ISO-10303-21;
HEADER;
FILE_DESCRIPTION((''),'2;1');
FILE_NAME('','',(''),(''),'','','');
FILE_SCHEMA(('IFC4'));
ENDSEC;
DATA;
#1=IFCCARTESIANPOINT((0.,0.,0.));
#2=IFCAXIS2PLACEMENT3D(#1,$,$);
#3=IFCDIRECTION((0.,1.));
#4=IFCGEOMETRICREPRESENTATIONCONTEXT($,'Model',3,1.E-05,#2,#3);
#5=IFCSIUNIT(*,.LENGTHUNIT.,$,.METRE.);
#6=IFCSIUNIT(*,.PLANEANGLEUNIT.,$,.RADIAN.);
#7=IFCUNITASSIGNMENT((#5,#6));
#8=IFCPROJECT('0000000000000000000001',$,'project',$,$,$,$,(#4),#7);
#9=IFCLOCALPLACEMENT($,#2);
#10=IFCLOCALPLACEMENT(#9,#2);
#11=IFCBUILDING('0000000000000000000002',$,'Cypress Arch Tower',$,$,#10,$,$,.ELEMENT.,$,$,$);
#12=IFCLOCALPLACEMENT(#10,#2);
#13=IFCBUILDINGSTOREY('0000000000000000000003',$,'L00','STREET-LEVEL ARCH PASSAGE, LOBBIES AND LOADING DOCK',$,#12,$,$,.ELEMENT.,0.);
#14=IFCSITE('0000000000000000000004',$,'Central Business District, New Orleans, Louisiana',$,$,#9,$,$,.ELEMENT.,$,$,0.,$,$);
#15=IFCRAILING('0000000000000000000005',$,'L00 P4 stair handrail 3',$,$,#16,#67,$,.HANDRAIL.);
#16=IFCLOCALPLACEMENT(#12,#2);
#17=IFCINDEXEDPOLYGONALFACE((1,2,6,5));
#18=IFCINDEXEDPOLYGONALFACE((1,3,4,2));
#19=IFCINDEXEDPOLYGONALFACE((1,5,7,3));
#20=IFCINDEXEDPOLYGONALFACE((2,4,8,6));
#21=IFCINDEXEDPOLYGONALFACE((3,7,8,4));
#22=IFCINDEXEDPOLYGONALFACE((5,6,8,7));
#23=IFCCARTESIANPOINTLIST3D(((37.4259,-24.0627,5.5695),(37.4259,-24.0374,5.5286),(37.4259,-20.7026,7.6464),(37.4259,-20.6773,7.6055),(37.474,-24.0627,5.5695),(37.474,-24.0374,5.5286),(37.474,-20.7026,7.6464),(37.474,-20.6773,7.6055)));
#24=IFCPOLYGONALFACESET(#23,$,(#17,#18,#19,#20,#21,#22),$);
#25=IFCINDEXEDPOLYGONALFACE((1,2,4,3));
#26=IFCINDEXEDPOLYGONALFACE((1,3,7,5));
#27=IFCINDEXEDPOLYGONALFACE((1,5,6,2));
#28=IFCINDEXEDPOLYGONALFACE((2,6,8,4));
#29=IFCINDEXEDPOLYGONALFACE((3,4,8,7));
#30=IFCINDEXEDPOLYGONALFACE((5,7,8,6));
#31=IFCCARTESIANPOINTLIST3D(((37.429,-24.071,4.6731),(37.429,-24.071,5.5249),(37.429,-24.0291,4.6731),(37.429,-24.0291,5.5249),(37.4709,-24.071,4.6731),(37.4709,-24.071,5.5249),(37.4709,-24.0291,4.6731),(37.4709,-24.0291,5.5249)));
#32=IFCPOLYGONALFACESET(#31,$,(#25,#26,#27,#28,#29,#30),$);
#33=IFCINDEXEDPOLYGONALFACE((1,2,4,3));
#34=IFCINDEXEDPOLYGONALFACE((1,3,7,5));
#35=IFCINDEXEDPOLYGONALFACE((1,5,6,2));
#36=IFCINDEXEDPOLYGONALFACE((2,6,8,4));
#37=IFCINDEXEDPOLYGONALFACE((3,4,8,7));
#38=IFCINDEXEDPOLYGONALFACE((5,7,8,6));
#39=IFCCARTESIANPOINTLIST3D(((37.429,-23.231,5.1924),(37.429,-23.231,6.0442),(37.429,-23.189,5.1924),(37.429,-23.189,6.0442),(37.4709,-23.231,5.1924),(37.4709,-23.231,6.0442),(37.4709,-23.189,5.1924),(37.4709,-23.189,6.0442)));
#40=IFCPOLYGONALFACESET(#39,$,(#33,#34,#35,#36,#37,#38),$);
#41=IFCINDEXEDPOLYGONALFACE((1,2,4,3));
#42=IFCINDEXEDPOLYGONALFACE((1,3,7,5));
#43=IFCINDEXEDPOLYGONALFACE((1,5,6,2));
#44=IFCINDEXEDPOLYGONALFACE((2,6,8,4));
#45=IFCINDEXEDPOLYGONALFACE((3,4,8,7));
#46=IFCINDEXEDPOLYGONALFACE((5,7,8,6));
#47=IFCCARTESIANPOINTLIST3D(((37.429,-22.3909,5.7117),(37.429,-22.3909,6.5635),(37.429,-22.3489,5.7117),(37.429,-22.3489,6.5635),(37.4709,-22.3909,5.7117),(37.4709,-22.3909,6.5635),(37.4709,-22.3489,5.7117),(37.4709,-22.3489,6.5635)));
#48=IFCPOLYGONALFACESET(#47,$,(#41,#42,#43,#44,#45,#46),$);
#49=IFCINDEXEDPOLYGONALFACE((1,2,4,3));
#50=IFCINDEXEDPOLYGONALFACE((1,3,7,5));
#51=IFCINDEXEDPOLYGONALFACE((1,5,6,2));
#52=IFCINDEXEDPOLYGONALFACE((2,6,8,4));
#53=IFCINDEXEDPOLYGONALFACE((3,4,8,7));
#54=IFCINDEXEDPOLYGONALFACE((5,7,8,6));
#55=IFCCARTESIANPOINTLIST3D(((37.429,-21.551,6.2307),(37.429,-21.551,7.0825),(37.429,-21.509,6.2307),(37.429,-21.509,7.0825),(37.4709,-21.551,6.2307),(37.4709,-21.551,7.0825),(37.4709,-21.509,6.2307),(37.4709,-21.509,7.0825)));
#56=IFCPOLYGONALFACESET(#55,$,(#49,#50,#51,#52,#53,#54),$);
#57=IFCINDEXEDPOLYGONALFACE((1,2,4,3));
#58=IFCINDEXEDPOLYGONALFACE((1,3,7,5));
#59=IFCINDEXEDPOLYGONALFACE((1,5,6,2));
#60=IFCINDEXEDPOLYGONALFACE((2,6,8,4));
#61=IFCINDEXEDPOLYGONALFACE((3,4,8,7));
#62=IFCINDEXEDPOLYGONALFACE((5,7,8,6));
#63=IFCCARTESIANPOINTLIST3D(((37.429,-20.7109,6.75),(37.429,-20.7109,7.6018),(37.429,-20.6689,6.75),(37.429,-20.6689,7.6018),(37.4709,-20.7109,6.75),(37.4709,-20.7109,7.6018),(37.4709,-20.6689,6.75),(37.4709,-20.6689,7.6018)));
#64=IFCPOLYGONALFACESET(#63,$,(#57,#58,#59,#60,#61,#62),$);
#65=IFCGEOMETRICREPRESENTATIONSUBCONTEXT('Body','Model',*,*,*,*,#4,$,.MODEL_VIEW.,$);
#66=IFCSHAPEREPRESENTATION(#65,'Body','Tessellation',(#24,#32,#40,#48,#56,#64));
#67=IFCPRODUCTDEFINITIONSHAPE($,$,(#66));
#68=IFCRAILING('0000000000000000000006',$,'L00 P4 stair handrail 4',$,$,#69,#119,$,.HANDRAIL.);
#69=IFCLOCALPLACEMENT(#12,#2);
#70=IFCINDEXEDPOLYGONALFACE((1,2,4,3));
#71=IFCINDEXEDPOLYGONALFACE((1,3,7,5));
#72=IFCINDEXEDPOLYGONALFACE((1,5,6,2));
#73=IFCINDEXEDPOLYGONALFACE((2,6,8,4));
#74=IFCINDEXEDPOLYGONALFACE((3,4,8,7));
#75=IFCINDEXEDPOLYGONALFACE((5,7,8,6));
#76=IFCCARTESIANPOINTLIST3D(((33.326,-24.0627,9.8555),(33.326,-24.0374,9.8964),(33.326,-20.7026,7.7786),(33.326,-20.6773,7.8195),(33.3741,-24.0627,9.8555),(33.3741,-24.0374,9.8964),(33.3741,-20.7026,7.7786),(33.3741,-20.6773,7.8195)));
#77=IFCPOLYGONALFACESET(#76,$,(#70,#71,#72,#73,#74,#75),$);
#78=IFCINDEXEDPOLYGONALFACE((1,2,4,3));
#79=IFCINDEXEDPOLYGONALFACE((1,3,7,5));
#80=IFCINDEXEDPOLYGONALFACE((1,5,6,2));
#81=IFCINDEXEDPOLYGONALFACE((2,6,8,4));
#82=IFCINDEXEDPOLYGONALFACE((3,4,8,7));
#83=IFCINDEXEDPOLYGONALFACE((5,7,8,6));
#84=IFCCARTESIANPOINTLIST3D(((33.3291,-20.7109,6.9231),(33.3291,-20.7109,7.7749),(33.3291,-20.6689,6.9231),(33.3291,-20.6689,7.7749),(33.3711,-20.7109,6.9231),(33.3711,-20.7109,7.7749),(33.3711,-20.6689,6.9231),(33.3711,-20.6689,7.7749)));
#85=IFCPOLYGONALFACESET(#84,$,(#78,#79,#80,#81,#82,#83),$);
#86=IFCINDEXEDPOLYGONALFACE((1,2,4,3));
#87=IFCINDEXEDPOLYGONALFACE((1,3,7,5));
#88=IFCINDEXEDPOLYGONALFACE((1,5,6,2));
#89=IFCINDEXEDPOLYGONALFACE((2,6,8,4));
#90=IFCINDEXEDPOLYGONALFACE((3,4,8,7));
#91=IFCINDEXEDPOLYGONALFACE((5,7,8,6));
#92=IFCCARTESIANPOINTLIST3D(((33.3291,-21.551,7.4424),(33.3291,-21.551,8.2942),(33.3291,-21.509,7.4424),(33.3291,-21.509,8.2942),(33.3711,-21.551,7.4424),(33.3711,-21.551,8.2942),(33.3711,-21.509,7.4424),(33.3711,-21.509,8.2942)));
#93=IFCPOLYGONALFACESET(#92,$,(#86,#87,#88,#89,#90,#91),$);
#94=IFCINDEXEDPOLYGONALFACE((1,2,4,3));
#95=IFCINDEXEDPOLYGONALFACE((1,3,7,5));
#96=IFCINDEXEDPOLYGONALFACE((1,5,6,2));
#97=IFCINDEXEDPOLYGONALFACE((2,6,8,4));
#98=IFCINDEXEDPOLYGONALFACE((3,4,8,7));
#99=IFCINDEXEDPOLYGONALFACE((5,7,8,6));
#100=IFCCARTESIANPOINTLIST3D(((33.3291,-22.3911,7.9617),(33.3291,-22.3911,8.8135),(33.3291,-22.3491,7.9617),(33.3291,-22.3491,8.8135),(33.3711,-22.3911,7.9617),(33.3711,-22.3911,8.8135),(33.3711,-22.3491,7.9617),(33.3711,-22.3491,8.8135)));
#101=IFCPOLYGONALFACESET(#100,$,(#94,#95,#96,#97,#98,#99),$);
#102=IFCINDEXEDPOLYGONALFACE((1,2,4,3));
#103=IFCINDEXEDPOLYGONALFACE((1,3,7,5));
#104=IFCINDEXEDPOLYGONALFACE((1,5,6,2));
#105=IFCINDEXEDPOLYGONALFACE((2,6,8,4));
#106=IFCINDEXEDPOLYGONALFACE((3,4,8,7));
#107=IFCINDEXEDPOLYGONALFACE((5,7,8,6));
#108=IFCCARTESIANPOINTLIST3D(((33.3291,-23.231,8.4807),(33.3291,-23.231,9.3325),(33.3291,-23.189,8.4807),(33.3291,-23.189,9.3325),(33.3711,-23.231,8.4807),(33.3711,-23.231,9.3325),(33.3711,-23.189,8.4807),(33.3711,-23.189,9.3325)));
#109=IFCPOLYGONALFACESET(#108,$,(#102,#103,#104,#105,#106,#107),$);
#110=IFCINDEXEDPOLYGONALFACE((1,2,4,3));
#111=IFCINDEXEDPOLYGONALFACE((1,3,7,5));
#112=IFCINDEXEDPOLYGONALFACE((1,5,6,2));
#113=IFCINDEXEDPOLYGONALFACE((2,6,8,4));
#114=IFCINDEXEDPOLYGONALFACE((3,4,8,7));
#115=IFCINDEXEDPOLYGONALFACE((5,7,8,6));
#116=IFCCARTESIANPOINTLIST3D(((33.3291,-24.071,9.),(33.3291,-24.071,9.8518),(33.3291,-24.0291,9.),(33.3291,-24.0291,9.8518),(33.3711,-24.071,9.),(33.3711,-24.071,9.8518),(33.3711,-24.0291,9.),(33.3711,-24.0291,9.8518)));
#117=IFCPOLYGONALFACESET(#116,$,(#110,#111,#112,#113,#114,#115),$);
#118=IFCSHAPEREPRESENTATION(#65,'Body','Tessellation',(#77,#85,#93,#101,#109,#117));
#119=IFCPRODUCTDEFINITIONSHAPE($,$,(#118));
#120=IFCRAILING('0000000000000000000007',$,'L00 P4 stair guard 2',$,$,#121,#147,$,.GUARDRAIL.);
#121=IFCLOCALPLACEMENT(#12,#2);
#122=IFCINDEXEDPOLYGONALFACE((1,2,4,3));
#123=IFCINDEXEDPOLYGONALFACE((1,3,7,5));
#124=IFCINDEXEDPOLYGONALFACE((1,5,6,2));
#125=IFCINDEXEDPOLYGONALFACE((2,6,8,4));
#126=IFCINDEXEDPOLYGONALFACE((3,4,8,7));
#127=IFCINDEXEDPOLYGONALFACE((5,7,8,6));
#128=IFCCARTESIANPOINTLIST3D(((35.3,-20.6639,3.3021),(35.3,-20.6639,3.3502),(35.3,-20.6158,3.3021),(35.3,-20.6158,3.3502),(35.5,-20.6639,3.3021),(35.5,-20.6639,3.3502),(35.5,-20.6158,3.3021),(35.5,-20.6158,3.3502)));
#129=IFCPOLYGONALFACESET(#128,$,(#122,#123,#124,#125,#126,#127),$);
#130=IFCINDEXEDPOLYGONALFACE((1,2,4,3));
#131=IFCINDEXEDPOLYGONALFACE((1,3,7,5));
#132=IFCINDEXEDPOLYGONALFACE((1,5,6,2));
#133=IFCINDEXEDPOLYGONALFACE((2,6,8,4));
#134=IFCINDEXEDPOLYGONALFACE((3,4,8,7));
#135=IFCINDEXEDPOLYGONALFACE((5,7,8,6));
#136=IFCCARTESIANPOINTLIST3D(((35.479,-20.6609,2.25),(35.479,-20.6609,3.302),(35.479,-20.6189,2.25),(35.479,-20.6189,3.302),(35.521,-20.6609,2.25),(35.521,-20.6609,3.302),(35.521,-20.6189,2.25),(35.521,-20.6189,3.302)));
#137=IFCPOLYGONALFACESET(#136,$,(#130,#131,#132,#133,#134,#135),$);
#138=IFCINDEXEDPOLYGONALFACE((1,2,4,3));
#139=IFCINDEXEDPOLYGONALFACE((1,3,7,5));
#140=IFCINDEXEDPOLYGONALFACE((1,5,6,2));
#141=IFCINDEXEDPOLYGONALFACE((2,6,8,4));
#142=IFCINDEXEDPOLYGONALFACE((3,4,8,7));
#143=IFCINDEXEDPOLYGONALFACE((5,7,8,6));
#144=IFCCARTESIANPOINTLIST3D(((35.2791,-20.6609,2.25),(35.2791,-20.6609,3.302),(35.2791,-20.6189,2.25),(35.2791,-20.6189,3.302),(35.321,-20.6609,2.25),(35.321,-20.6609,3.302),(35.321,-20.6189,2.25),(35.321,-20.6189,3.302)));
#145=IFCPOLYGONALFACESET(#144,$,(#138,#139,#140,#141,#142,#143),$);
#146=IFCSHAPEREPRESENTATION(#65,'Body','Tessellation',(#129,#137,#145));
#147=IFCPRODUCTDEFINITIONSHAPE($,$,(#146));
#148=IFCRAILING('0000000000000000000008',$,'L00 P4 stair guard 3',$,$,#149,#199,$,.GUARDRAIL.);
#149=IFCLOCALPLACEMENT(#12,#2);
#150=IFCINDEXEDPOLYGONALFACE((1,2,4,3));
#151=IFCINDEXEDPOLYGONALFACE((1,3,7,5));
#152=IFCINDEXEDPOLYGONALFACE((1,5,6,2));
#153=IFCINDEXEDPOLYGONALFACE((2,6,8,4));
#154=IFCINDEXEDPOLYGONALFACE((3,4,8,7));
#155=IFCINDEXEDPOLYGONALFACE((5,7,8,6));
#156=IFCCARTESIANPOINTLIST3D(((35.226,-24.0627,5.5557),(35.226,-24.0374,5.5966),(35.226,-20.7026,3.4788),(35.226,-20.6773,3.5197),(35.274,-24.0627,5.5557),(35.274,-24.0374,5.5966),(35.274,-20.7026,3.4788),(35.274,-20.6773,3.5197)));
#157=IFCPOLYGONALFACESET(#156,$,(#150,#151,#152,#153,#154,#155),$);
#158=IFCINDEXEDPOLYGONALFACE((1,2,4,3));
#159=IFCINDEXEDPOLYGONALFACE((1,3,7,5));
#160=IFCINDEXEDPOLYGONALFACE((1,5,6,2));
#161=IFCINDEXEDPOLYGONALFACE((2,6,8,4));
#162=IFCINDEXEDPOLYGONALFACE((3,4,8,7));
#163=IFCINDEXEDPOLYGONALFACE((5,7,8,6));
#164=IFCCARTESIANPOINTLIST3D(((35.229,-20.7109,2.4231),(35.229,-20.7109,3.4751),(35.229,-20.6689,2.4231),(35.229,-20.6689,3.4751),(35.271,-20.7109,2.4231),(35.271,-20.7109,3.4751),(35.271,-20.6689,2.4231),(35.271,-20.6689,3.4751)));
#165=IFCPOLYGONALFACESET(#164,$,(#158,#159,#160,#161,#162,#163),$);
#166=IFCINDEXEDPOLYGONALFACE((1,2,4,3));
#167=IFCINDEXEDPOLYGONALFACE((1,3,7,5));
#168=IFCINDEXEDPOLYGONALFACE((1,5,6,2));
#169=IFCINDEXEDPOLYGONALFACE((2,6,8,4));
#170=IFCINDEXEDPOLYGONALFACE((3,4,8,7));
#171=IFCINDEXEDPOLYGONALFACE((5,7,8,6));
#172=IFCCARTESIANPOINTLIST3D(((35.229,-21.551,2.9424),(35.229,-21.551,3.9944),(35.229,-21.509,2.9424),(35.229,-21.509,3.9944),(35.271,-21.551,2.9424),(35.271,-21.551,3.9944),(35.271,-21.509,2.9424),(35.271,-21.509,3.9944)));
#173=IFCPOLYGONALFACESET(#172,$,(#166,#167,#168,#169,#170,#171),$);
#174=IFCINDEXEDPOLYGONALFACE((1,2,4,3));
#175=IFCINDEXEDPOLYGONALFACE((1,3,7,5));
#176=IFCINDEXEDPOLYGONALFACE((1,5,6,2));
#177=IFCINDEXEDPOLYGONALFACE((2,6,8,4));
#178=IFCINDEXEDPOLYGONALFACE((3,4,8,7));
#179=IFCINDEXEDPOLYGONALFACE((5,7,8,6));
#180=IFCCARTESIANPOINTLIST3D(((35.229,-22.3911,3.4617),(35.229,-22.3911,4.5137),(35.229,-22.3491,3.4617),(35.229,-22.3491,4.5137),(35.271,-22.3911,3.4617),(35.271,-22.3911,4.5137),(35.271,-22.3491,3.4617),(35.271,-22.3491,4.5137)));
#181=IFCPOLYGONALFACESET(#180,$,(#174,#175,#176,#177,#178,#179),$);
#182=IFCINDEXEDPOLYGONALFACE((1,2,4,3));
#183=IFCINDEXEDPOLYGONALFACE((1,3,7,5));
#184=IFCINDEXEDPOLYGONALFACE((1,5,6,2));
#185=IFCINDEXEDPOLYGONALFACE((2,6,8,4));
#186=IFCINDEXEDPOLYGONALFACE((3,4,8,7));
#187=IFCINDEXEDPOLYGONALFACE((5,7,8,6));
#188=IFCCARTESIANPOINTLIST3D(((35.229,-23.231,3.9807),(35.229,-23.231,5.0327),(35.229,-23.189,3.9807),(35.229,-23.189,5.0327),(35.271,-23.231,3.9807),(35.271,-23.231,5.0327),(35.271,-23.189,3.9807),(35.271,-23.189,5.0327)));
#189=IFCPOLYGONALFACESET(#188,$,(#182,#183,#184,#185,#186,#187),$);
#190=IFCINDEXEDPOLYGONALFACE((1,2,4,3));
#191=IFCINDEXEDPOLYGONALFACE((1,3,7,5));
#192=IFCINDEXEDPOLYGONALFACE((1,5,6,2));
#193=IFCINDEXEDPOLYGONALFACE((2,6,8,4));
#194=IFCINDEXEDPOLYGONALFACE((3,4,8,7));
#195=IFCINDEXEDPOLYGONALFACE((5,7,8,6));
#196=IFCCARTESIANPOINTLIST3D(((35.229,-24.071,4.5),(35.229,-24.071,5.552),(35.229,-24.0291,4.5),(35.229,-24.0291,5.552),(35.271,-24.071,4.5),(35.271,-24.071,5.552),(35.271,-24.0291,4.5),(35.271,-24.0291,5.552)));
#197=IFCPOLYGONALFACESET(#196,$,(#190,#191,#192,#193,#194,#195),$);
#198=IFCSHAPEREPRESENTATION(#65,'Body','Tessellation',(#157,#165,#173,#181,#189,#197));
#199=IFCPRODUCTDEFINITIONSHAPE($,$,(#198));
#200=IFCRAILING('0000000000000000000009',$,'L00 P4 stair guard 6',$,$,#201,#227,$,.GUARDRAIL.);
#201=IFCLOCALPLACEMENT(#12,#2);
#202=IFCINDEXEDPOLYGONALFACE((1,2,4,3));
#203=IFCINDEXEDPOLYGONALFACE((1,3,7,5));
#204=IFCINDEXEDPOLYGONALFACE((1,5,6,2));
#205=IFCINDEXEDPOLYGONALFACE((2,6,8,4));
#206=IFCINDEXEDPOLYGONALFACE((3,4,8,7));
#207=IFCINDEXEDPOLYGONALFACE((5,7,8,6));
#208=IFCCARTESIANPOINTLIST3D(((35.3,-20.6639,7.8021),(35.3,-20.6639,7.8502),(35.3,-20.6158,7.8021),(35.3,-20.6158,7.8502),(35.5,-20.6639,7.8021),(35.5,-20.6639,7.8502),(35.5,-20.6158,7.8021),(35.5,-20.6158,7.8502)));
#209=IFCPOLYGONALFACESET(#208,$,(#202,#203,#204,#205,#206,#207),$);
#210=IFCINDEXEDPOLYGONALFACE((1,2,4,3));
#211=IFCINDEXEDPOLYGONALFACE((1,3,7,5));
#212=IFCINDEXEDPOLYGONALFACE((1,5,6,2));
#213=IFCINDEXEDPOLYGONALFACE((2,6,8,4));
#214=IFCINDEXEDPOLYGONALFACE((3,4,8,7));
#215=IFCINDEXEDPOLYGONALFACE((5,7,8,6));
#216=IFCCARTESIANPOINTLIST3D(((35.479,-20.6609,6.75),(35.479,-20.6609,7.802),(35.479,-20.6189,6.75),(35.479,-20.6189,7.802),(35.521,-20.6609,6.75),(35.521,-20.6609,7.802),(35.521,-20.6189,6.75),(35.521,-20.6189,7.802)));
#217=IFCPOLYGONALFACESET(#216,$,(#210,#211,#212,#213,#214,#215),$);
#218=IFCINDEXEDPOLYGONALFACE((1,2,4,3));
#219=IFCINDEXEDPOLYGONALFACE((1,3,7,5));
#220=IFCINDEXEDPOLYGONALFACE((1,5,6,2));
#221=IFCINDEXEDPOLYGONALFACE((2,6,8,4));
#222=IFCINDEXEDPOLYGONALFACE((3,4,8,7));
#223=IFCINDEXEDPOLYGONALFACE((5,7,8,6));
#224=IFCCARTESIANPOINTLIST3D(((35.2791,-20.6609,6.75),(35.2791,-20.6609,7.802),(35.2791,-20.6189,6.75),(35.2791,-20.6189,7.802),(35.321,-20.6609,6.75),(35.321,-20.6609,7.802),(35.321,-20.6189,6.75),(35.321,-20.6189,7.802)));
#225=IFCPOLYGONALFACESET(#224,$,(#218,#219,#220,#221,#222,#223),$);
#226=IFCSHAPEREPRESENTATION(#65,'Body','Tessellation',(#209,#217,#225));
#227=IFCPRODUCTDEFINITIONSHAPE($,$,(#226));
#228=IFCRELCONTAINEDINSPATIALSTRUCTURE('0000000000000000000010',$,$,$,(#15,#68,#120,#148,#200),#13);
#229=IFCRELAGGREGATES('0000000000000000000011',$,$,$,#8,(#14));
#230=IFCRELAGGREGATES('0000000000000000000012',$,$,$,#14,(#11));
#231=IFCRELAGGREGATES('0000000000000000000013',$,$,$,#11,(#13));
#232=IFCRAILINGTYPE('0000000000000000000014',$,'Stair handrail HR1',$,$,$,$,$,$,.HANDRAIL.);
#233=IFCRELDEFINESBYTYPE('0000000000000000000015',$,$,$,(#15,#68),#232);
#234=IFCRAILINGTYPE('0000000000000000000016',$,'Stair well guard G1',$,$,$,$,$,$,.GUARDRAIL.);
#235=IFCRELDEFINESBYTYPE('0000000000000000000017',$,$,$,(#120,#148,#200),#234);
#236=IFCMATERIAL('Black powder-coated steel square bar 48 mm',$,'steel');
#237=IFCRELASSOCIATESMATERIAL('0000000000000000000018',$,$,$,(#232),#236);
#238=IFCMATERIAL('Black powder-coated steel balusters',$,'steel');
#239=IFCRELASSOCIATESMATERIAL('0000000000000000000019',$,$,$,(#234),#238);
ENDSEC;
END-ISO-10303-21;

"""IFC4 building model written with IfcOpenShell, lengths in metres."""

from ifc_helpers import new_model, si_unit, direction, frame, origin, origin_2d, place, context, subcontext, project, spatial, rectangle, extrude, material, type_object, element, save


model = new_model("IFC4")

# Units and contexts
model_context = context("Model", 3, precision=1e-05, world=origin(), true_north=direction((0.0, 1.0)))
body_context = subcontext(model_context, "Body", "Model", "MODEL_VIEW")
ifc_project = project(units=[si_unit("LENGTHUNIT", "METRE"), si_unit("PLANEANGLEUNIT", "RADIAN")], contexts=[model_context])

# Site, building, storey
site_placement = place(None, origin())
site = spatial("IfcSite", under=ifc_project, at=site_placement, Name="Central Business District, New Orleans, Louisiana", CompositionType="ELEMENT", RefElevation=0.0)
building_placement = place(site_placement, origin())
building = spatial("IfcBuilding", under=site, at=building_placement, Name="Cypress Arch Tower", CompositionType="ELEMENT")
storey_placement = place(building_placement, origin())
storey = spatial("IfcBuildingStorey", under=building, at=storey_placement, Name="L00", Description="STREET-LEVEL ARCH PASSAGE, LOBBIES AND LOADING DOCK", CompositionType="ELEMENT", Elevation=0.0)

# Railings
ifc_material_1 = material(Name="Black powder-coated steel square bar 48 mm", Category="steel")
railing_type_1 = type_object("IfcRailingType", Name="Stair handrail HR1", PredefinedType="HANDRAIL", material=ifc_material_1)
railing_1_placement = place(storey_placement, frame((37.45, -24.05, 4.6731)))
element("IfcRailing", 1, at=railing_1_placement, inside=storey, type_object=railing_type_1, Name="L00 P4 stair handrail 3", PredefinedType="HANDRAIL", context=body_context, shape_type="SweptSolid", body=[
    extrude(rectangle(XDim=0.0481, YDim=0.0481, at=origin_2d()), frame((0.0, 0.0, 0.876), z_axis=(0.0, 0.850623, 0.525776), x_axis=(-1.0, 0.0, 0.0)), (0.0, 0.0, 1.0), 3.9502),
    extrude(rectangle(XDim=0.042, YDim=0.042, at=origin_2d()), origin(), (0.0, 0.0, 1.0), 0.8518),
    extrude(rectangle(XDim=0.042, YDim=0.042, at=origin_2d()), frame((0.0, 0.8401, 0.5193)), (0.0, 0.0, 1.0), 0.8518),
    extrude(rectangle(XDim=0.042, YDim=0.042, at=origin_2d()), frame((0.0, 1.6802, 1.0386)), (0.0, 0.0, 1.0), 0.8518),
    extrude(rectangle(XDim=0.042, YDim=0.042, at=origin_2d()), frame((0.0, 2.52, 1.5576)), (0.0, 0.0, 1.0), 0.8518),
    extrude(rectangle(XDim=0.042, YDim=0.042, at=origin_2d()), frame((0.0, 3.3601, 2.0769)), (0.0, 0.0, 1.0), 0.8518),
])
railing_2_placement = place(storey_placement, frame((33.3501, -20.6899, 6.9231)))
element("IfcRailing", 2, at=railing_2_placement, inside=storey, type_object=railing_type_1, Name="L00 P4 stair handrail 4", PredefinedType="HANDRAIL", context=body_context, shape_type="SweptSolid", body=[
    extrude(rectangle(XDim=0.0481, YDim=0.0481, at=origin_2d()), frame((0.0, 0.0, 0.876), z_axis=(0.0, -0.850623, 0.525776), x_axis=(1.0, 0.0, 0.0)), (0.0, 0.0, 1.0), 3.9502),
    extrude(rectangle(XDim=0.042, YDim=0.042, at=origin_2d()), origin(), (0.0, 0.0, 1.0), 0.8518),
    extrude(rectangle(XDim=0.042, YDim=0.042, at=origin_2d()), frame((0.0, -0.8401, 0.5193)), (0.0, 0.0, 1.0), 0.8518),
    extrude(rectangle(XDim=0.042, YDim=0.042, at=origin_2d()), frame((0.0, -1.6802, 1.0386)), (0.0, 0.0, 1.0), 0.8518),
    extrude(rectangle(XDim=0.042, YDim=0.042, at=origin_2d()), frame((0.0, -2.52, 1.5576)), (0.0, 0.0, 1.0), 0.8518),
    extrude(rectangle(XDim=0.042, YDim=0.042, at=origin_2d()), frame((0.0, -3.3601, 2.0769)), (0.0, 0.0, 1.0), 0.8518),
])
ifc_material_2 = material(Name="Black powder-coated steel balusters", Category="steel")
railing_type_2 = type_object("IfcRailingType", Name="Stair well guard G1", PredefinedType="GUARDRAIL", material=ifc_material_2)
railing_3_placement = place(storey_placement, frame((35.5, -20.6399, 2.25)))
element("IfcRailing", 3, at=railing_3_placement, inside=storey, type_object=railing_type_2, Name="L00 P4 stair guard 2", PredefinedType="GUARDRAIL", context=body_context, shape_type="SweptSolid", body=[
    extrude(rectangle(XDim=0.0481, YDim=0.0481, at=origin_2d()), frame((0.0, 0.0, 1.0762), z_axis=(-1.0, 0.0, 0.0), x_axis=(0.0, -1.0, 0.0)), (0.0, 0.0, 1.0), 0.2),
    extrude(rectangle(XDim=0.042, YDim=0.042, at=origin_2d()), origin(), (0.0, 0.0, 1.0), 1.052),
    extrude(rectangle(XDim=0.042, YDim=0.042, at=origin_2d()), frame((-0.2, 0.0, 0.0)), (0.0, 0.0, 1.0), 1.052),
])
railing_4_placement = place(storey_placement, frame((35.25, -20.6899, 2.4231)))
element("IfcRailing", 4, at=railing_4_placement, inside=storey, type_object=railing_type_2, Name="L00 P4 stair guard 3", PredefinedType="GUARDRAIL", context=body_context, shape_type="SweptSolid", body=[
    extrude(rectangle(XDim=0.0481, YDim=0.0481, at=origin_2d()), frame((0.0, 0.0, 1.0762), z_axis=(0.0, -0.850623, 0.525776), x_axis=(1.0, 0.0, 0.0)), (0.0, 0.0, 1.0), 3.9502),
    extrude(rectangle(XDim=0.042, YDim=0.042, at=origin_2d()), origin(), (0.0, 0.0, 1.0), 1.052),
    extrude(rectangle(XDim=0.042, YDim=0.042, at=origin_2d()), frame((0.0, -0.8401, 0.5193)), (0.0, 0.0, 1.0), 1.052),
    extrude(rectangle(XDim=0.042, YDim=0.042, at=origin_2d()), frame((0.0, -1.6802, 1.0386)), (0.0, 0.0, 1.0), 1.052),
    extrude(rectangle(XDim=0.042, YDim=0.042, at=origin_2d()), frame((0.0, -2.52, 1.5576)), (0.0, 0.0, 1.0), 1.052),
    extrude(rectangle(XDim=0.042, YDim=0.042, at=origin_2d()), frame((0.0, -3.3601, 2.0769)), (0.0, 0.0, 1.0), 1.052),
])
railing_5_placement = place(storey_placement, frame((35.5, -20.6399, 6.75)))
element("IfcRailing", 5, at=railing_5_placement, inside=storey, type_object=railing_type_2, Name="L00 P4 stair guard 6", PredefinedType="GUARDRAIL", context=body_context, shape_type="SweptSolid", body=[
    extrude(rectangle(XDim=0.0481, YDim=0.0481, at=origin_2d()), frame((0.0, 0.0, 1.0762), z_axis=(-1.0, 0.0, 0.0), x_axis=(0.0, -1.0, 0.0)), (0.0, 0.0, 1.0), 0.2),
    extrude(rectangle(XDim=0.042, YDim=0.042, at=origin_2d()), origin(), (0.0, 0.0, 1.0), 1.052),
    extrude(rectangle(XDim=0.042, YDim=0.042, at=origin_2d()), frame((-0.2, 0.0, 0.0)), (0.0, 0.0, 1.0), 1.052),
])

save(model, "model.ifc")
